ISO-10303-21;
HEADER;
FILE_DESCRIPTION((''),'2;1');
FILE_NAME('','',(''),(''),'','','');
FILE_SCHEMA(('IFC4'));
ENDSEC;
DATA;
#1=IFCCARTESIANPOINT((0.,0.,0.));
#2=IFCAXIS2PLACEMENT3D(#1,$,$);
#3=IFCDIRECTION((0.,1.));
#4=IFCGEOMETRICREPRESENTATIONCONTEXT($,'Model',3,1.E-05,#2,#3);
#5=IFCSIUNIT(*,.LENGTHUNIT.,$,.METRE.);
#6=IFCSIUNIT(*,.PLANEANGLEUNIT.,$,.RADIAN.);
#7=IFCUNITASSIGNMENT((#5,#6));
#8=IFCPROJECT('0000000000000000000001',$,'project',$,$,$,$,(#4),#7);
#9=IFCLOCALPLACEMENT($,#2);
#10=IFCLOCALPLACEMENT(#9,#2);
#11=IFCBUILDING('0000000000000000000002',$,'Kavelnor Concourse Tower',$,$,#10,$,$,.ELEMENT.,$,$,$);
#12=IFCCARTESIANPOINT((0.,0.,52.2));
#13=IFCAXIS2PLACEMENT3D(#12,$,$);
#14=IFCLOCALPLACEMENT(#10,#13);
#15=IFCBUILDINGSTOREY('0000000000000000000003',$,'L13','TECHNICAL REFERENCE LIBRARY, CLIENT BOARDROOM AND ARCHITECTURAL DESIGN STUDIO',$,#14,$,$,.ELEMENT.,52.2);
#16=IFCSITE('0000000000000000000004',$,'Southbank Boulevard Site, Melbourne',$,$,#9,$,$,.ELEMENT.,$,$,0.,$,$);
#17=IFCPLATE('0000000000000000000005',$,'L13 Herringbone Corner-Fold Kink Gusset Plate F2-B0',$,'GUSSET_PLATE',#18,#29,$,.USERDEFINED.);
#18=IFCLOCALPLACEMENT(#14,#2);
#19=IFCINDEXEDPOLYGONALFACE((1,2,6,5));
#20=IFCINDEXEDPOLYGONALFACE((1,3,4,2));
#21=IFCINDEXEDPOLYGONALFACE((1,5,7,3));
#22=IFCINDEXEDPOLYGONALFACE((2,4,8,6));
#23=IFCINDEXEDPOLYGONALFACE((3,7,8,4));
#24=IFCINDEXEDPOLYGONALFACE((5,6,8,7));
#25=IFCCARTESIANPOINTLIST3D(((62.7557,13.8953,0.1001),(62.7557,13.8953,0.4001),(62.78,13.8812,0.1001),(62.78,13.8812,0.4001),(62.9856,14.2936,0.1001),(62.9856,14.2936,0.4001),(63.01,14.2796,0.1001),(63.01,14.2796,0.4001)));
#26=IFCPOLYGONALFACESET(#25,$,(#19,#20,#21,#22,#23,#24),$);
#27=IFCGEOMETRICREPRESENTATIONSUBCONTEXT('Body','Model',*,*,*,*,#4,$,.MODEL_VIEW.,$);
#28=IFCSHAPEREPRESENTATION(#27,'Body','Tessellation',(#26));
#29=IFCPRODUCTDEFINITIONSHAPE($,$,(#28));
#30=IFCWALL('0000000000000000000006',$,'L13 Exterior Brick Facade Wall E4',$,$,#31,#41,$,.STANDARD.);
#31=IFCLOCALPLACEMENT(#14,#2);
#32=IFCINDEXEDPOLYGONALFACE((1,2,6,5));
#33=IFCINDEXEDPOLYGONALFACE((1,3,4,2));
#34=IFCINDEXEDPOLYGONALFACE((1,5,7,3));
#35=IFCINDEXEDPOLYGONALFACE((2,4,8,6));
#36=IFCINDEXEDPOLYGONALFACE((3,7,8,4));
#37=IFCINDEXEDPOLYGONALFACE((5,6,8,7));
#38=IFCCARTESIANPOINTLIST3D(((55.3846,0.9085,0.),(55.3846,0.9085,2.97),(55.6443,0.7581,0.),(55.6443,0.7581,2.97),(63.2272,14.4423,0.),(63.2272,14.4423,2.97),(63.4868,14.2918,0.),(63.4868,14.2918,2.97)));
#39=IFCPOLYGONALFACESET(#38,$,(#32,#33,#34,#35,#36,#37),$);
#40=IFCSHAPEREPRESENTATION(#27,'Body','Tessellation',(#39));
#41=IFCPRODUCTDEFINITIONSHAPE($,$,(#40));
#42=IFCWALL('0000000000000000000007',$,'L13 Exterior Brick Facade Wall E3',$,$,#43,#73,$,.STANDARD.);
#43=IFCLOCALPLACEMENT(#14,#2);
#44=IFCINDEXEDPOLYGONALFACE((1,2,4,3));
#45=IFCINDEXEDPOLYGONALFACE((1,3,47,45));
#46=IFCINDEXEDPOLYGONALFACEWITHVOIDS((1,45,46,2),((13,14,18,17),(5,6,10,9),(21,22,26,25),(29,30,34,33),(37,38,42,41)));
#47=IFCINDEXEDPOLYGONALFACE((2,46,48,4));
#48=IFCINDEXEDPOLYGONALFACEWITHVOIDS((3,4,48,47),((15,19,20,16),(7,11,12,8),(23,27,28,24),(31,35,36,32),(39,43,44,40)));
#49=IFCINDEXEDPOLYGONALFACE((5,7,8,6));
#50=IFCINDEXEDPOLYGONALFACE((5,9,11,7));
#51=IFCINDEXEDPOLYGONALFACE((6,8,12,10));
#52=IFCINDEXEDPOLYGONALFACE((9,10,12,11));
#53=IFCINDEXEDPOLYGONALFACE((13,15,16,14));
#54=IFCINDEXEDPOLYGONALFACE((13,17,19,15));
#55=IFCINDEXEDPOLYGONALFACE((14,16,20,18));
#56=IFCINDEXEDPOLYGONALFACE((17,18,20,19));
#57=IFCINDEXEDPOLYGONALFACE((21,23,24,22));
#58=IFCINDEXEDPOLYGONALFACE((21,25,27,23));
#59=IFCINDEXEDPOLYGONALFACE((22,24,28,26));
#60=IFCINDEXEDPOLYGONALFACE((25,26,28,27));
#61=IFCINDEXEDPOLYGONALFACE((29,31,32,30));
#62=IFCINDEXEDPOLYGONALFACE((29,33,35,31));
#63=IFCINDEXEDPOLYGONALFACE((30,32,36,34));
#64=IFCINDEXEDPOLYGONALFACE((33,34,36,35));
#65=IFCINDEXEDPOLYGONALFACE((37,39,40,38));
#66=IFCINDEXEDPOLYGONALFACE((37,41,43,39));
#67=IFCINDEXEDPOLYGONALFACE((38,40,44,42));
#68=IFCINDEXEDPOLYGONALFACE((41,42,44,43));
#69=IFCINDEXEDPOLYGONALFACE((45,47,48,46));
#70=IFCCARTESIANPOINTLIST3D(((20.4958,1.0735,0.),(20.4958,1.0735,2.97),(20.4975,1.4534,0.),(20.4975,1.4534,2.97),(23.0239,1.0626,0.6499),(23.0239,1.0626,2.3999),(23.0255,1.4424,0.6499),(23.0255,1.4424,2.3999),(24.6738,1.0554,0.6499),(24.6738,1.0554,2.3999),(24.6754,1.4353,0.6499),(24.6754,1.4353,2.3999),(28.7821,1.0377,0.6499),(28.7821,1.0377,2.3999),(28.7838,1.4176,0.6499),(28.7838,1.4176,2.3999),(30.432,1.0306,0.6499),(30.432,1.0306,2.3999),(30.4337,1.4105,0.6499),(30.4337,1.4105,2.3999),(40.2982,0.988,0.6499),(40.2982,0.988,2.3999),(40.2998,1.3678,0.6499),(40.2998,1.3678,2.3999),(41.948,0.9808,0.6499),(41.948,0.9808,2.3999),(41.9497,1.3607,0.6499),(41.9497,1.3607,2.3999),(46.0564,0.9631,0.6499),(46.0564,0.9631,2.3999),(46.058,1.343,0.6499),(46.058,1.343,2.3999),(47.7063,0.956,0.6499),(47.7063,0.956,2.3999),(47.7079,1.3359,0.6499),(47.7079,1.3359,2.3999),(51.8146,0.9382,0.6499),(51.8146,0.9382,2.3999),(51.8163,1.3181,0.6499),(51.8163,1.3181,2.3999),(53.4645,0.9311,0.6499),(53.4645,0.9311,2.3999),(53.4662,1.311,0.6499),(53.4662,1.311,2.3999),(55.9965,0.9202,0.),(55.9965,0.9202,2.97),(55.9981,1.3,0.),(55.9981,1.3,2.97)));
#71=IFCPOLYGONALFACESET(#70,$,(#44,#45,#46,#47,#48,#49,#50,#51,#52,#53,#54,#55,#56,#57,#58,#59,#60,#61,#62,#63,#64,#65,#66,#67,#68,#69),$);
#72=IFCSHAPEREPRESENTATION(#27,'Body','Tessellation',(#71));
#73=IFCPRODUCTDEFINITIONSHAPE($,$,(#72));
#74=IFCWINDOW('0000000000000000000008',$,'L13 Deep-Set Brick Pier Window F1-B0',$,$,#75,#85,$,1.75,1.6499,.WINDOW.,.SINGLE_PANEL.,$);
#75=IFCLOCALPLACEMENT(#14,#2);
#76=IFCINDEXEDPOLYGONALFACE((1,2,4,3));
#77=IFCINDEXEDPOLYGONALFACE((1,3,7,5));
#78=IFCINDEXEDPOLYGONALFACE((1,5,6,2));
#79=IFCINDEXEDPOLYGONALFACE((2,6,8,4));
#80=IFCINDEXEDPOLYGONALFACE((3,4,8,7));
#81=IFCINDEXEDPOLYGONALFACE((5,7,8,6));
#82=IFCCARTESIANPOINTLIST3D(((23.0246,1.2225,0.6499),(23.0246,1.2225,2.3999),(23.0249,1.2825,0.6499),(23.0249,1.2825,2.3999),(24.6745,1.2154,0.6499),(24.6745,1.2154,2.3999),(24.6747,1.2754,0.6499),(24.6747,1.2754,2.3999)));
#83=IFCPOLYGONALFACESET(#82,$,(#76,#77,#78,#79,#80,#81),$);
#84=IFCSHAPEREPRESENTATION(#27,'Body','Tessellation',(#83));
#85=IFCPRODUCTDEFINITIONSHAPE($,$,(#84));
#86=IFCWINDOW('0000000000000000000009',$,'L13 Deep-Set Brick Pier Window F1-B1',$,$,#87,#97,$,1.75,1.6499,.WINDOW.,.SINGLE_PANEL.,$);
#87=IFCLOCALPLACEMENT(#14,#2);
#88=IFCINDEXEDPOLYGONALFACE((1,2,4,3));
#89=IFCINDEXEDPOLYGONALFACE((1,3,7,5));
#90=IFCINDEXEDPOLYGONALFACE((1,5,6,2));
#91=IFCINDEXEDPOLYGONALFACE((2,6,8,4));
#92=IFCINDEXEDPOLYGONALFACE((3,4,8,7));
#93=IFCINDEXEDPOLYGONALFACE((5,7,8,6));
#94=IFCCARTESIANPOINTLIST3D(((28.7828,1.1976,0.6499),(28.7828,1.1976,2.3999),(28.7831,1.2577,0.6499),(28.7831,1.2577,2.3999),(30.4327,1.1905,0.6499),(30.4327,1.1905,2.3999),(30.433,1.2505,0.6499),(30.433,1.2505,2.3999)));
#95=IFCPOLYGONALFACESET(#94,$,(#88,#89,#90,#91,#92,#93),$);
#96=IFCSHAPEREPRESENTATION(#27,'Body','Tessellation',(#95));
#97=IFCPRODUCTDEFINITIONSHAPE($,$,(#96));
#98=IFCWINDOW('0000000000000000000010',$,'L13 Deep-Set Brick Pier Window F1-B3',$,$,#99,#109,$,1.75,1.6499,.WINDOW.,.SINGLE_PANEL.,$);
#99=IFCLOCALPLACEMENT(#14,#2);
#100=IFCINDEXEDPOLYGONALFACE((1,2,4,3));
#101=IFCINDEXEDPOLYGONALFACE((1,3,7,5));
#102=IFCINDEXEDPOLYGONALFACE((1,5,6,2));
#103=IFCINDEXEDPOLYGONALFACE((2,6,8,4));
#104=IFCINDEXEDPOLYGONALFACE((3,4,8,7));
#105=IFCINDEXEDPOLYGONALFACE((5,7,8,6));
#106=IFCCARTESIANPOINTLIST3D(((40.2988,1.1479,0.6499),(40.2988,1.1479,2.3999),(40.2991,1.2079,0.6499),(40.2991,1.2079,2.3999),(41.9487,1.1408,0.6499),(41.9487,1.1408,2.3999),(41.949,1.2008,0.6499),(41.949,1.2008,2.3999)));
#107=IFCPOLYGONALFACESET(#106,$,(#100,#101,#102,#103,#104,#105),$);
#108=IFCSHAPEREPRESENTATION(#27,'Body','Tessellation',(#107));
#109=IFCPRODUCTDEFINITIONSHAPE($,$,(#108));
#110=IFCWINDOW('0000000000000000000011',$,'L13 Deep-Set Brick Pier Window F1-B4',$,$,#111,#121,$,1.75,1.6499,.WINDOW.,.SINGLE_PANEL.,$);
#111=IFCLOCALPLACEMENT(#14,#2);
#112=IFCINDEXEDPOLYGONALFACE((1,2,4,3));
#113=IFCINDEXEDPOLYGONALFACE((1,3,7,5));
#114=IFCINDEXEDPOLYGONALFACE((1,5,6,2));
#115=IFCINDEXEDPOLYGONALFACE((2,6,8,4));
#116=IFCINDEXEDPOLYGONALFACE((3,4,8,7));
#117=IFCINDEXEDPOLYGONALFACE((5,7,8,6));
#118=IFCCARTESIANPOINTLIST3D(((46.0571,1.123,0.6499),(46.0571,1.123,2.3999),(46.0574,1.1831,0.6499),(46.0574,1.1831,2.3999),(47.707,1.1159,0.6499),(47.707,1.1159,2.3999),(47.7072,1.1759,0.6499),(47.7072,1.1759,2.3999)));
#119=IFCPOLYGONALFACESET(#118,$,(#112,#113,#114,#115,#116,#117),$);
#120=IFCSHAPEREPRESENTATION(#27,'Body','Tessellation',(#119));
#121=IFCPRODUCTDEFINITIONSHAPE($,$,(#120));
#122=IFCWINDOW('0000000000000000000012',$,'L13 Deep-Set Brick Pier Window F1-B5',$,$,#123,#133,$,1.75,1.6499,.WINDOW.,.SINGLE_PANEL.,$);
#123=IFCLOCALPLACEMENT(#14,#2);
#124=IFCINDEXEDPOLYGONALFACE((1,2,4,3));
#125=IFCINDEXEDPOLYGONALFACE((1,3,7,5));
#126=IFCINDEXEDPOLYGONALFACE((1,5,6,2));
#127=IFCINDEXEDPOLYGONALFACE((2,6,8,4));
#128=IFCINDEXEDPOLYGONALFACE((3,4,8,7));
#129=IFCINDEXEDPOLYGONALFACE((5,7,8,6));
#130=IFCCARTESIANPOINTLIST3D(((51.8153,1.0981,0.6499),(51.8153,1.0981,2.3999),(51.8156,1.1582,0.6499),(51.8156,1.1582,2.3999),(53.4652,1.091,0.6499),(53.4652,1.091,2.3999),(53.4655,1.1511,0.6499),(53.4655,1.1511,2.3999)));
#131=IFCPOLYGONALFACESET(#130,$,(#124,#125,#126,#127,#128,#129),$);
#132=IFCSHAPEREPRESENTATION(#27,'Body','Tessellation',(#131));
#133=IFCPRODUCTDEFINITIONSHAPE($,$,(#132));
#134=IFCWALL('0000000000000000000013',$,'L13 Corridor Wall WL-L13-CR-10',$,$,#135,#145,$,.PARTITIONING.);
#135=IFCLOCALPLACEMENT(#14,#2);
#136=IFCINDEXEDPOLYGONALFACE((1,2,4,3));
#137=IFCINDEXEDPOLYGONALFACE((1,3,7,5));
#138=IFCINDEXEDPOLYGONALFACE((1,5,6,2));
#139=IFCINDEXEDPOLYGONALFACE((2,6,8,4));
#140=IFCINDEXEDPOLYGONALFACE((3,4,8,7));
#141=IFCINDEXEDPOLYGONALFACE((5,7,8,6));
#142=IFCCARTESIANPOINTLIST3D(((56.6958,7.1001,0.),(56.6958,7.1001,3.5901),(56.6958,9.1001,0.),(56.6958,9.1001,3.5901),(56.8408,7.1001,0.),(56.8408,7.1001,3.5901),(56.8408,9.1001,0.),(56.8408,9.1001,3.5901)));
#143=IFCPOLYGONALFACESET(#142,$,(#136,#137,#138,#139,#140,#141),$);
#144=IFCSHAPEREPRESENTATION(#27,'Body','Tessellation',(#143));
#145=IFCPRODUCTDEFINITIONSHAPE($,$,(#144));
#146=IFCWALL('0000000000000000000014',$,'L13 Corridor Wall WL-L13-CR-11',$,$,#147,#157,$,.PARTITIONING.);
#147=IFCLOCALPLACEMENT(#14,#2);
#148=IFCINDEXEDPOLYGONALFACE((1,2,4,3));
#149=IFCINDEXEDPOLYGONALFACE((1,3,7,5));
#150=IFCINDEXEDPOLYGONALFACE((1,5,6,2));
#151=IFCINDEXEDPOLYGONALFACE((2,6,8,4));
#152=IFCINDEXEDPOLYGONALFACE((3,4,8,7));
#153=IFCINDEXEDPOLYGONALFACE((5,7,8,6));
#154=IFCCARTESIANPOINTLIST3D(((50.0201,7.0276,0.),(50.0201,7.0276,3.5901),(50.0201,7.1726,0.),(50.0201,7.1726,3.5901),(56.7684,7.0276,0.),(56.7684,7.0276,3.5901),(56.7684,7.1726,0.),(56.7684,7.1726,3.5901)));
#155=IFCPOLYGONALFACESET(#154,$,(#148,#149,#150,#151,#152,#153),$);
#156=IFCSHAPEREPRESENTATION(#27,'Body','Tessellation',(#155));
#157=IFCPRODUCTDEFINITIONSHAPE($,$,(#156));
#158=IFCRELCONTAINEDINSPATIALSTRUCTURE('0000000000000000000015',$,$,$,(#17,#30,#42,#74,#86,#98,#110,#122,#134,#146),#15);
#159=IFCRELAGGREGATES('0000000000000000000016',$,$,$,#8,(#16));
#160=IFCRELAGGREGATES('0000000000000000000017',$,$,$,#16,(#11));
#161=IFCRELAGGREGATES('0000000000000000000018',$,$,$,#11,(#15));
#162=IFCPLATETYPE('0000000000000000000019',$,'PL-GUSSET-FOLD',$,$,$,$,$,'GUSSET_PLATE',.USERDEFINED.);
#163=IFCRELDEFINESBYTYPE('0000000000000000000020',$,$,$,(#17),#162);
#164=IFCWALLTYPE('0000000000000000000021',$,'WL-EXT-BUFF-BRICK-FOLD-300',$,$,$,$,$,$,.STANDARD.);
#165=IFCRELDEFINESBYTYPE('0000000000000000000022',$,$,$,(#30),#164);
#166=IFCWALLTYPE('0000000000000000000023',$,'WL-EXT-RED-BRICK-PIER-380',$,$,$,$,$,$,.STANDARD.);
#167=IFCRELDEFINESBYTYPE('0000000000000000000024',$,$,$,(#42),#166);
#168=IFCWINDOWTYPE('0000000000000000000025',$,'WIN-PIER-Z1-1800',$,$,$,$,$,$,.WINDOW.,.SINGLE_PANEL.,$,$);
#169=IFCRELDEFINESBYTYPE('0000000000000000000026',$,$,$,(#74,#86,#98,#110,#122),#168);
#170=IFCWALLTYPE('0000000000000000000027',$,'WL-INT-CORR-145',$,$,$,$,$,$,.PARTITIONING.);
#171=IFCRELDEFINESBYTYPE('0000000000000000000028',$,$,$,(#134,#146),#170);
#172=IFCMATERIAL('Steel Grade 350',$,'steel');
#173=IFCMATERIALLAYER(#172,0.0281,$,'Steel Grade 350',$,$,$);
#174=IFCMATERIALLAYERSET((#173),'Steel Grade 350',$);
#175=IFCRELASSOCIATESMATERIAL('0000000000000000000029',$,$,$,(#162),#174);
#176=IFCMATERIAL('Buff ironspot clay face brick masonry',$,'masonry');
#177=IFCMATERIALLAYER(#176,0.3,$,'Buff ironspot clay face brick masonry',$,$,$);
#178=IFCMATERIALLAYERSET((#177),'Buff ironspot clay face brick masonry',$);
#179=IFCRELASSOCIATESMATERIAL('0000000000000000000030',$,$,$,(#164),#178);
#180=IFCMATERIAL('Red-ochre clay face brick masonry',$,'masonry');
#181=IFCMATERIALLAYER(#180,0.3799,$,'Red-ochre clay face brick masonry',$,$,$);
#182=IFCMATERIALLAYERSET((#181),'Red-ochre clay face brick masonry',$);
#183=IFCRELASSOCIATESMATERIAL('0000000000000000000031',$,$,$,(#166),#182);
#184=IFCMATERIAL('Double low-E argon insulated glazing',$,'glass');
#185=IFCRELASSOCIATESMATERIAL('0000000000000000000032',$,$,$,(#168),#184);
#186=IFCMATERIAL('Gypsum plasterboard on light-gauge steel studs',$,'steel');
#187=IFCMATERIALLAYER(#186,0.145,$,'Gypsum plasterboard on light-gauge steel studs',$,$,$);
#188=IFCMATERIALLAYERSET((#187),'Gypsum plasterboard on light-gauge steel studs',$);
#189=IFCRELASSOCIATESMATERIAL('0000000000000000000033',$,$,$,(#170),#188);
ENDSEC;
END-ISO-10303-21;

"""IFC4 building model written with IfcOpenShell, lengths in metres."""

from ifc_helpers import new_model, si_unit, direction, frame, frame_2d, origin, origin_2d, place, context, subcontext, project, spatial, rectangle, extrude, material, layer, layer_set, type_object, element, fill, save


model = new_model("IFC4")

# Units and contexts
model_context = context("Model", 3, precision=1e-05, world=origin(), true_north=direction((0.0, 1.0)))
body_context = subcontext(model_context, "Body", "Model", "MODEL_VIEW")
ifc_project = project(units=[si_unit("LENGTHUNIT", "METRE"), si_unit("PLANEANGLEUNIT", "RADIAN")], contexts=[model_context])

# Site, building, storey
site_placement = place(None, origin())
site = spatial("IfcSite", under=ifc_project, at=site_placement, Name="Southbank Boulevard Site, Melbourne", CompositionType="ELEMENT", RefElevation=0.0)
building_placement = place(site_placement, origin())
building = spatial("IfcBuilding", under=site, at=building_placement, Name="Kavelnor Concourse Tower", CompositionType="ELEMENT")
storey_placement = place(building_placement, frame((0.0, 0.0, 52.2)))
storey = spatial("IfcBuildingStorey", under=building, at=storey_placement, Name="L13", Description="TECHNICAL REFERENCE LIBRARY, CLIENT BOARDROOM AND ARCHITECTURAL DESIGN STUDIO", CompositionType="ELEMENT", Elevation=52.2)

# Shared definitions
ifc_material_1 = material(Name="Steel Grade 350", Category="steel")

# Shared definitions
ifc_material_2 = material(Name="Double low-E argon insulated glazing", Category="glass")

# Plate
ifc_layer_1 = layer(ifc_material_1, 0.0281, Name="Steel Grade 350")
ifc_layer_set_1 = layer_set([ifc_layer_1], Name="Steel Grade 350")
plate_type_1 = type_object("IfcPlateType", Name="PL-GUSSET-FOLD", ElementType="GUSSET_PLATE", PredefinedType="USERDEFINED", material=ifc_layer_set_1)
plate_1_placement = place(storey_placement, frame((62.8828, 14.0874, 0.1001), z_axis=(0.0, 0.0, 1.0), x_axis=(-0.5, -0.866025, 0.0)))
element("IfcPlate", 1, at=plate_1_placement, inside=storey, type_object=plate_type_1, Name="L13 Herringbone Corner-Fold Kink Gusset Plate F2-B0", ObjectType="GUSSET_PLATE", PredefinedType="USERDEFINED", context=body_context, shape_type="SweptSolid", body=[
    extrude(rectangle(XDim=0.46, YDim=0.0281, at=origin_2d()), origin(), (0.0, 0.0, 1.0), 0.3),
])

# Wall
ifc_material_3 = material(Name="Buff ironspot clay face brick masonry", Category="masonry")
ifc_layer_2 = layer(ifc_material_3, 0.3, Name="Buff ironspot clay face brick masonry")
ifc_layer_set_2 = layer_set([ifc_layer_2], Name="Buff ironspot clay face brick masonry")
wall_type_1 = type_object("IfcWallType", Name="WL-EXT-BUFF-BRICK-FOLD-300", PredefinedType="STANDARD", material=ifc_layer_set_2)
wall_1_placement = place(storey_placement, frame((63.3569, 14.3669, 0.0), z_axis=(0.0, 0.0, 1.0), x_axis=(-0.501383, -0.865226, 0.0)))
element("IfcWall", 2, at=wall_1_placement, inside=storey, type_object=wall_type_1, Name="L13 Exterior Brick Facade Wall E4", PredefinedType="STANDARD", context=body_context, shape_type="SweptSolid", body=[
    extrude(rectangle(XDim=15.6418, YDim=0.3, at=frame_2d((7.8208, 0.0))), origin(), (0.0, 0.0, 1.0), 2.97),
])

# Wall, openings, windows
ifc_material_4 = material(Name="Red-ochre clay face brick masonry", Category="masonry")
ifc_layer_3 = layer(ifc_material_4, 0.3799, Name="Red-ochre clay face brick masonry")
ifc_layer_set_3 = layer_set([ifc_layer_3], Name="Red-ochre clay face brick masonry")
wall_type_2 = type_object("IfcWallType", Name="WL-EXT-RED-BRICK-PIER-380", PredefinedType="STANDARD", material=ifc_layer_set_3)
wall_2_placement = place(storey_placement, frame((55.9973, 1.1101, 0.0), z_axis=(0.0, 0.0, 1.0), x_axis=(-0.999991, 0.004319, 0.0)))
wall_2 = element("IfcWall", 3, at=wall_2_placement, inside=storey, type_object=wall_type_2, Name="L13 Exterior Brick Facade Wall E3", PredefinedType="STANDARD", context=body_context, shape_type="SweptSolid", body=[
    extrude(rectangle(XDim=35.501, YDim=0.3799, at=frame_2d((17.7505, 0.0))), origin(), (0.0, 0.0, 1.0), 2.97),
])
opening_1_placement = place(wall_2_placement, frame((31.323, 0.0, 0.6499)))
opening_1 = element("IfcOpeningElement", 4, at=opening_1_placement, cuts=wall_2, PredefinedType="OPENING", context=body_context, shape_type="SweptSolid", body=[
    extrude(rectangle(XDim=1.6499, YDim=1.75, at=frame_2d((0.825, 0.875))), frame((0.0, 0.2, 0.0), z_axis=(0.0, -1.0, 0.0), x_axis=(1.0, 0.0, 0.0)), (0.0, 0.0, 1.0), 0.3999),
])
opening_2_placement = place(wall_2_placement, frame((25.5647, 0.0, 0.6499)))
opening_2 = element("IfcOpeningElement", 5, at=opening_2_placement, cuts=wall_2, PredefinedType="OPENING", context=body_context, shape_type="SweptSolid", body=[
    extrude(rectangle(XDim=1.6499, YDim=1.75, at=frame_2d((0.825, 0.875))), frame((0.0, 0.2, 0.0), z_axis=(0.0, -1.0, 0.0), x_axis=(1.0, 0.0, 0.0)), (0.0, 0.0, 1.0), 0.3999),
])
opening_3_placement = place(wall_2_placement, frame((14.0486, 0.0, 0.6499)))
opening_3 = element("IfcOpeningElement", 6, at=opening_3_placement, cuts=wall_2, PredefinedType="OPENING", context=body_context, shape_type="SweptSolid", body=[
    extrude(rectangle(XDim=1.6499, YDim=1.75, at=frame_2d((0.825, 0.875))), frame((0.0, 0.2, 0.0), z_axis=(0.0, -1.0, 0.0), x_axis=(1.0, 0.0, 0.0)), (0.0, 0.0, 1.0), 0.3999),
])
opening_4_placement = place(wall_2_placement, frame((8.2903, 0.0, 0.6499)))
opening_4 = element("IfcOpeningElement", 7, at=opening_4_placement, cuts=wall_2, PredefinedType="OPENING", context=body_context, shape_type="SweptSolid", body=[
    extrude(rectangle(XDim=1.6499, YDim=1.75, at=frame_2d((0.825, 0.875))), frame((0.0, 0.2, 0.0), z_axis=(0.0, -1.0, 0.0), x_axis=(1.0, 0.0, 0.0)), (0.0, 0.0, 1.0), 0.3999),
])
opening_5_placement = place(wall_2_placement, frame((2.532, 0.0, 0.6499)))
opening_5 = element("IfcOpeningElement", 8, at=opening_5_placement, cuts=wall_2, PredefinedType="OPENING", context=body_context, shape_type="SweptSolid", body=[
    extrude(rectangle(XDim=1.6499, YDim=1.75, at=frame_2d((0.825, 0.875))), frame((0.0, 0.2, 0.0), z_axis=(0.0, -1.0, 0.0), x_axis=(1.0, 0.0, 0.0)), (0.0, 0.0, 1.0), 0.3999),
])
window_type = type_object("IfcWindowType", Name="WIN-PIER-Z1-1800", PartitioningType="SINGLE_PANEL", PredefinedType="WINDOW", material=ifc_material_2)
window_1_placement = place(opening_1_placement, origin())
window_1 = element("IfcWindow", 9, at=window_1_placement, inside=storey, type_object=window_type, Name="L13 Deep-Set Brick Pier Window F1-B0", OverallHeight=1.75, OverallWidth=1.6499, PartitioningType="SINGLE_PANEL", PredefinedType="WINDOW", context=body_context, shape_type="SweptSolid", body=[
    extrude(rectangle(XDim=1.6499, YDim=1.75, at=frame_2d((0.825, 0.875))), frame((0.0, 0.03, 0.0), z_axis=(0.0, -1.0, 0.0), x_axis=(1.0, 0.0, 0.0)), (0.0, 0.0, 1.0), 0.0601),
])
fill(opening_1, window_1)
window_2_placement = place(opening_2_placement, origin())
window_2 = element("IfcWindow", 10, at=window_2_placement, inside=storey, type_object=window_type, Name="L13 Deep-Set Brick Pier Window F1-B1", OverallHeight=1.75, OverallWidth=1.6499, PartitioningType="SINGLE_PANEL", PredefinedType="WINDOW", context=body_context, shape_type="SweptSolid", body=[
    extrude(rectangle(XDim=1.6499, YDim=1.75, at=frame_2d((0.825, 0.875))), frame((0.0, 0.03, 0.0), z_axis=(0.0, -1.0, 0.0), x_axis=(1.0, 0.0, 0.0)), (0.0, 0.0, 1.0), 0.0601),
])
fill(opening_2, window_2)
window_3_placement = place(opening_3_placement, origin())
window_3 = element("IfcWindow", 11, at=window_3_placement, inside=storey, type_object=window_type, Name="L13 Deep-Set Brick Pier Window F1-B3", OverallHeight=1.75, OverallWidth=1.6499, PartitioningType="SINGLE_PANEL", PredefinedType="WINDOW", context=body_context, shape_type="SweptSolid", body=[
    extrude(rectangle(XDim=1.6499, YDim=1.75, at=frame_2d((0.825, 0.875))), frame((0.0, 0.03, 0.0), z_axis=(0.0, -1.0, 0.0), x_axis=(1.0, 0.0, 0.0)), (0.0, 0.0, 1.0), 0.0601),
])
fill(opening_3, window_3)
window_4_placement = place(opening_4_placement, origin())
window_4 = element("IfcWindow", 12, at=window_4_placement, inside=storey, type_object=window_type, Name="L13 Deep-Set Brick Pier Window F1-B4", OverallHeight=1.75, OverallWidth=1.6499, PartitioningType="SINGLE_PANEL", PredefinedType="WINDOW", context=body_context, shape_type="SweptSolid", body=[
    extrude(rectangle(XDim=1.6499, YDim=1.75, at=frame_2d((0.825, 0.875))), frame((0.0, 0.03, 0.0), z_axis=(0.0, -1.0, 0.0), x_axis=(1.0, 0.0, 0.0)), (0.0, 0.0, 1.0), 0.0601),
])
fill(opening_4, window_4)
window_5_placement = place(opening_5_placement, origin())
window_5 = element("IfcWindow", 13, at=window_5_placement, inside=storey, type_object=window_type, Name="L13 Deep-Set Brick Pier Window F1-B5", OverallHeight=1.75, OverallWidth=1.6499, PartitioningType="SINGLE_PANEL", PredefinedType="WINDOW", context=body_context, shape_type="SweptSolid", body=[
    extrude(rectangle(XDim=1.6499, YDim=1.75, at=frame_2d((0.825, 0.875))), frame((0.0, 0.03, 0.0), z_axis=(0.0, -1.0, 0.0), x_axis=(1.0, 0.0, 0.0)), (0.0, 0.0, 1.0), 0.0601),
])
fill(opening_5, window_5)

# Walls
ifc_material_5 = material(Name="Gypsum plasterboard on light-gauge steel studs", Category="steel")
ifc_layer_4 = layer(ifc_material_5, 0.145, Name="Gypsum plasterboard on light-gauge steel studs")
ifc_layer_set_4 = layer_set([ifc_layer_4], Name="Gypsum plasterboard on light-gauge steel studs")
wall_type_3 = type_object("IfcWallType", Name="WL-INT-CORR-145", PredefinedType="PARTITIONING", material=ifc_layer_set_4)
wall_3_placement = place(storey_placement, frame((56.7683, 9.1001, 0.0), z_axis=(0.0, 0.0, 1.0), x_axis=(0.0, -1.0, 0.0)))
element("IfcWall", 14, at=wall_3_placement, inside=storey, type_object=wall_type_3, Name="L13 Corridor Wall WL-L13-CR-10", PredefinedType="PARTITIONING", context=body_context, shape_type="SweptSolid", body=[
    extrude(rectangle(XDim=2.0, YDim=0.145, at=frame_2d((1.0, 0.0))), origin(), (0.0, 0.0, 1.0), 3.5901),
])
wall_4_placement = place(storey_placement, frame((56.7683, 7.1001, 0.0), z_axis=(0.0, 0.0, 1.0), x_axis=(-1.0, 0.0, 0.0)))
element("IfcWall", 15, at=wall_4_placement, inside=storey, type_object=wall_type_3, Name="L13 Corridor Wall WL-L13-CR-11", PredefinedType="PARTITIONING", context=body_context, shape_type="SweptSolid", body=[
    extrude(rectangle(XDim=6.7483, YDim=0.145, at=frame_2d((3.374, 0.0))), origin(), (0.0, 0.0, 1.0), 3.5901),
])

save(model, "model.ifc")
